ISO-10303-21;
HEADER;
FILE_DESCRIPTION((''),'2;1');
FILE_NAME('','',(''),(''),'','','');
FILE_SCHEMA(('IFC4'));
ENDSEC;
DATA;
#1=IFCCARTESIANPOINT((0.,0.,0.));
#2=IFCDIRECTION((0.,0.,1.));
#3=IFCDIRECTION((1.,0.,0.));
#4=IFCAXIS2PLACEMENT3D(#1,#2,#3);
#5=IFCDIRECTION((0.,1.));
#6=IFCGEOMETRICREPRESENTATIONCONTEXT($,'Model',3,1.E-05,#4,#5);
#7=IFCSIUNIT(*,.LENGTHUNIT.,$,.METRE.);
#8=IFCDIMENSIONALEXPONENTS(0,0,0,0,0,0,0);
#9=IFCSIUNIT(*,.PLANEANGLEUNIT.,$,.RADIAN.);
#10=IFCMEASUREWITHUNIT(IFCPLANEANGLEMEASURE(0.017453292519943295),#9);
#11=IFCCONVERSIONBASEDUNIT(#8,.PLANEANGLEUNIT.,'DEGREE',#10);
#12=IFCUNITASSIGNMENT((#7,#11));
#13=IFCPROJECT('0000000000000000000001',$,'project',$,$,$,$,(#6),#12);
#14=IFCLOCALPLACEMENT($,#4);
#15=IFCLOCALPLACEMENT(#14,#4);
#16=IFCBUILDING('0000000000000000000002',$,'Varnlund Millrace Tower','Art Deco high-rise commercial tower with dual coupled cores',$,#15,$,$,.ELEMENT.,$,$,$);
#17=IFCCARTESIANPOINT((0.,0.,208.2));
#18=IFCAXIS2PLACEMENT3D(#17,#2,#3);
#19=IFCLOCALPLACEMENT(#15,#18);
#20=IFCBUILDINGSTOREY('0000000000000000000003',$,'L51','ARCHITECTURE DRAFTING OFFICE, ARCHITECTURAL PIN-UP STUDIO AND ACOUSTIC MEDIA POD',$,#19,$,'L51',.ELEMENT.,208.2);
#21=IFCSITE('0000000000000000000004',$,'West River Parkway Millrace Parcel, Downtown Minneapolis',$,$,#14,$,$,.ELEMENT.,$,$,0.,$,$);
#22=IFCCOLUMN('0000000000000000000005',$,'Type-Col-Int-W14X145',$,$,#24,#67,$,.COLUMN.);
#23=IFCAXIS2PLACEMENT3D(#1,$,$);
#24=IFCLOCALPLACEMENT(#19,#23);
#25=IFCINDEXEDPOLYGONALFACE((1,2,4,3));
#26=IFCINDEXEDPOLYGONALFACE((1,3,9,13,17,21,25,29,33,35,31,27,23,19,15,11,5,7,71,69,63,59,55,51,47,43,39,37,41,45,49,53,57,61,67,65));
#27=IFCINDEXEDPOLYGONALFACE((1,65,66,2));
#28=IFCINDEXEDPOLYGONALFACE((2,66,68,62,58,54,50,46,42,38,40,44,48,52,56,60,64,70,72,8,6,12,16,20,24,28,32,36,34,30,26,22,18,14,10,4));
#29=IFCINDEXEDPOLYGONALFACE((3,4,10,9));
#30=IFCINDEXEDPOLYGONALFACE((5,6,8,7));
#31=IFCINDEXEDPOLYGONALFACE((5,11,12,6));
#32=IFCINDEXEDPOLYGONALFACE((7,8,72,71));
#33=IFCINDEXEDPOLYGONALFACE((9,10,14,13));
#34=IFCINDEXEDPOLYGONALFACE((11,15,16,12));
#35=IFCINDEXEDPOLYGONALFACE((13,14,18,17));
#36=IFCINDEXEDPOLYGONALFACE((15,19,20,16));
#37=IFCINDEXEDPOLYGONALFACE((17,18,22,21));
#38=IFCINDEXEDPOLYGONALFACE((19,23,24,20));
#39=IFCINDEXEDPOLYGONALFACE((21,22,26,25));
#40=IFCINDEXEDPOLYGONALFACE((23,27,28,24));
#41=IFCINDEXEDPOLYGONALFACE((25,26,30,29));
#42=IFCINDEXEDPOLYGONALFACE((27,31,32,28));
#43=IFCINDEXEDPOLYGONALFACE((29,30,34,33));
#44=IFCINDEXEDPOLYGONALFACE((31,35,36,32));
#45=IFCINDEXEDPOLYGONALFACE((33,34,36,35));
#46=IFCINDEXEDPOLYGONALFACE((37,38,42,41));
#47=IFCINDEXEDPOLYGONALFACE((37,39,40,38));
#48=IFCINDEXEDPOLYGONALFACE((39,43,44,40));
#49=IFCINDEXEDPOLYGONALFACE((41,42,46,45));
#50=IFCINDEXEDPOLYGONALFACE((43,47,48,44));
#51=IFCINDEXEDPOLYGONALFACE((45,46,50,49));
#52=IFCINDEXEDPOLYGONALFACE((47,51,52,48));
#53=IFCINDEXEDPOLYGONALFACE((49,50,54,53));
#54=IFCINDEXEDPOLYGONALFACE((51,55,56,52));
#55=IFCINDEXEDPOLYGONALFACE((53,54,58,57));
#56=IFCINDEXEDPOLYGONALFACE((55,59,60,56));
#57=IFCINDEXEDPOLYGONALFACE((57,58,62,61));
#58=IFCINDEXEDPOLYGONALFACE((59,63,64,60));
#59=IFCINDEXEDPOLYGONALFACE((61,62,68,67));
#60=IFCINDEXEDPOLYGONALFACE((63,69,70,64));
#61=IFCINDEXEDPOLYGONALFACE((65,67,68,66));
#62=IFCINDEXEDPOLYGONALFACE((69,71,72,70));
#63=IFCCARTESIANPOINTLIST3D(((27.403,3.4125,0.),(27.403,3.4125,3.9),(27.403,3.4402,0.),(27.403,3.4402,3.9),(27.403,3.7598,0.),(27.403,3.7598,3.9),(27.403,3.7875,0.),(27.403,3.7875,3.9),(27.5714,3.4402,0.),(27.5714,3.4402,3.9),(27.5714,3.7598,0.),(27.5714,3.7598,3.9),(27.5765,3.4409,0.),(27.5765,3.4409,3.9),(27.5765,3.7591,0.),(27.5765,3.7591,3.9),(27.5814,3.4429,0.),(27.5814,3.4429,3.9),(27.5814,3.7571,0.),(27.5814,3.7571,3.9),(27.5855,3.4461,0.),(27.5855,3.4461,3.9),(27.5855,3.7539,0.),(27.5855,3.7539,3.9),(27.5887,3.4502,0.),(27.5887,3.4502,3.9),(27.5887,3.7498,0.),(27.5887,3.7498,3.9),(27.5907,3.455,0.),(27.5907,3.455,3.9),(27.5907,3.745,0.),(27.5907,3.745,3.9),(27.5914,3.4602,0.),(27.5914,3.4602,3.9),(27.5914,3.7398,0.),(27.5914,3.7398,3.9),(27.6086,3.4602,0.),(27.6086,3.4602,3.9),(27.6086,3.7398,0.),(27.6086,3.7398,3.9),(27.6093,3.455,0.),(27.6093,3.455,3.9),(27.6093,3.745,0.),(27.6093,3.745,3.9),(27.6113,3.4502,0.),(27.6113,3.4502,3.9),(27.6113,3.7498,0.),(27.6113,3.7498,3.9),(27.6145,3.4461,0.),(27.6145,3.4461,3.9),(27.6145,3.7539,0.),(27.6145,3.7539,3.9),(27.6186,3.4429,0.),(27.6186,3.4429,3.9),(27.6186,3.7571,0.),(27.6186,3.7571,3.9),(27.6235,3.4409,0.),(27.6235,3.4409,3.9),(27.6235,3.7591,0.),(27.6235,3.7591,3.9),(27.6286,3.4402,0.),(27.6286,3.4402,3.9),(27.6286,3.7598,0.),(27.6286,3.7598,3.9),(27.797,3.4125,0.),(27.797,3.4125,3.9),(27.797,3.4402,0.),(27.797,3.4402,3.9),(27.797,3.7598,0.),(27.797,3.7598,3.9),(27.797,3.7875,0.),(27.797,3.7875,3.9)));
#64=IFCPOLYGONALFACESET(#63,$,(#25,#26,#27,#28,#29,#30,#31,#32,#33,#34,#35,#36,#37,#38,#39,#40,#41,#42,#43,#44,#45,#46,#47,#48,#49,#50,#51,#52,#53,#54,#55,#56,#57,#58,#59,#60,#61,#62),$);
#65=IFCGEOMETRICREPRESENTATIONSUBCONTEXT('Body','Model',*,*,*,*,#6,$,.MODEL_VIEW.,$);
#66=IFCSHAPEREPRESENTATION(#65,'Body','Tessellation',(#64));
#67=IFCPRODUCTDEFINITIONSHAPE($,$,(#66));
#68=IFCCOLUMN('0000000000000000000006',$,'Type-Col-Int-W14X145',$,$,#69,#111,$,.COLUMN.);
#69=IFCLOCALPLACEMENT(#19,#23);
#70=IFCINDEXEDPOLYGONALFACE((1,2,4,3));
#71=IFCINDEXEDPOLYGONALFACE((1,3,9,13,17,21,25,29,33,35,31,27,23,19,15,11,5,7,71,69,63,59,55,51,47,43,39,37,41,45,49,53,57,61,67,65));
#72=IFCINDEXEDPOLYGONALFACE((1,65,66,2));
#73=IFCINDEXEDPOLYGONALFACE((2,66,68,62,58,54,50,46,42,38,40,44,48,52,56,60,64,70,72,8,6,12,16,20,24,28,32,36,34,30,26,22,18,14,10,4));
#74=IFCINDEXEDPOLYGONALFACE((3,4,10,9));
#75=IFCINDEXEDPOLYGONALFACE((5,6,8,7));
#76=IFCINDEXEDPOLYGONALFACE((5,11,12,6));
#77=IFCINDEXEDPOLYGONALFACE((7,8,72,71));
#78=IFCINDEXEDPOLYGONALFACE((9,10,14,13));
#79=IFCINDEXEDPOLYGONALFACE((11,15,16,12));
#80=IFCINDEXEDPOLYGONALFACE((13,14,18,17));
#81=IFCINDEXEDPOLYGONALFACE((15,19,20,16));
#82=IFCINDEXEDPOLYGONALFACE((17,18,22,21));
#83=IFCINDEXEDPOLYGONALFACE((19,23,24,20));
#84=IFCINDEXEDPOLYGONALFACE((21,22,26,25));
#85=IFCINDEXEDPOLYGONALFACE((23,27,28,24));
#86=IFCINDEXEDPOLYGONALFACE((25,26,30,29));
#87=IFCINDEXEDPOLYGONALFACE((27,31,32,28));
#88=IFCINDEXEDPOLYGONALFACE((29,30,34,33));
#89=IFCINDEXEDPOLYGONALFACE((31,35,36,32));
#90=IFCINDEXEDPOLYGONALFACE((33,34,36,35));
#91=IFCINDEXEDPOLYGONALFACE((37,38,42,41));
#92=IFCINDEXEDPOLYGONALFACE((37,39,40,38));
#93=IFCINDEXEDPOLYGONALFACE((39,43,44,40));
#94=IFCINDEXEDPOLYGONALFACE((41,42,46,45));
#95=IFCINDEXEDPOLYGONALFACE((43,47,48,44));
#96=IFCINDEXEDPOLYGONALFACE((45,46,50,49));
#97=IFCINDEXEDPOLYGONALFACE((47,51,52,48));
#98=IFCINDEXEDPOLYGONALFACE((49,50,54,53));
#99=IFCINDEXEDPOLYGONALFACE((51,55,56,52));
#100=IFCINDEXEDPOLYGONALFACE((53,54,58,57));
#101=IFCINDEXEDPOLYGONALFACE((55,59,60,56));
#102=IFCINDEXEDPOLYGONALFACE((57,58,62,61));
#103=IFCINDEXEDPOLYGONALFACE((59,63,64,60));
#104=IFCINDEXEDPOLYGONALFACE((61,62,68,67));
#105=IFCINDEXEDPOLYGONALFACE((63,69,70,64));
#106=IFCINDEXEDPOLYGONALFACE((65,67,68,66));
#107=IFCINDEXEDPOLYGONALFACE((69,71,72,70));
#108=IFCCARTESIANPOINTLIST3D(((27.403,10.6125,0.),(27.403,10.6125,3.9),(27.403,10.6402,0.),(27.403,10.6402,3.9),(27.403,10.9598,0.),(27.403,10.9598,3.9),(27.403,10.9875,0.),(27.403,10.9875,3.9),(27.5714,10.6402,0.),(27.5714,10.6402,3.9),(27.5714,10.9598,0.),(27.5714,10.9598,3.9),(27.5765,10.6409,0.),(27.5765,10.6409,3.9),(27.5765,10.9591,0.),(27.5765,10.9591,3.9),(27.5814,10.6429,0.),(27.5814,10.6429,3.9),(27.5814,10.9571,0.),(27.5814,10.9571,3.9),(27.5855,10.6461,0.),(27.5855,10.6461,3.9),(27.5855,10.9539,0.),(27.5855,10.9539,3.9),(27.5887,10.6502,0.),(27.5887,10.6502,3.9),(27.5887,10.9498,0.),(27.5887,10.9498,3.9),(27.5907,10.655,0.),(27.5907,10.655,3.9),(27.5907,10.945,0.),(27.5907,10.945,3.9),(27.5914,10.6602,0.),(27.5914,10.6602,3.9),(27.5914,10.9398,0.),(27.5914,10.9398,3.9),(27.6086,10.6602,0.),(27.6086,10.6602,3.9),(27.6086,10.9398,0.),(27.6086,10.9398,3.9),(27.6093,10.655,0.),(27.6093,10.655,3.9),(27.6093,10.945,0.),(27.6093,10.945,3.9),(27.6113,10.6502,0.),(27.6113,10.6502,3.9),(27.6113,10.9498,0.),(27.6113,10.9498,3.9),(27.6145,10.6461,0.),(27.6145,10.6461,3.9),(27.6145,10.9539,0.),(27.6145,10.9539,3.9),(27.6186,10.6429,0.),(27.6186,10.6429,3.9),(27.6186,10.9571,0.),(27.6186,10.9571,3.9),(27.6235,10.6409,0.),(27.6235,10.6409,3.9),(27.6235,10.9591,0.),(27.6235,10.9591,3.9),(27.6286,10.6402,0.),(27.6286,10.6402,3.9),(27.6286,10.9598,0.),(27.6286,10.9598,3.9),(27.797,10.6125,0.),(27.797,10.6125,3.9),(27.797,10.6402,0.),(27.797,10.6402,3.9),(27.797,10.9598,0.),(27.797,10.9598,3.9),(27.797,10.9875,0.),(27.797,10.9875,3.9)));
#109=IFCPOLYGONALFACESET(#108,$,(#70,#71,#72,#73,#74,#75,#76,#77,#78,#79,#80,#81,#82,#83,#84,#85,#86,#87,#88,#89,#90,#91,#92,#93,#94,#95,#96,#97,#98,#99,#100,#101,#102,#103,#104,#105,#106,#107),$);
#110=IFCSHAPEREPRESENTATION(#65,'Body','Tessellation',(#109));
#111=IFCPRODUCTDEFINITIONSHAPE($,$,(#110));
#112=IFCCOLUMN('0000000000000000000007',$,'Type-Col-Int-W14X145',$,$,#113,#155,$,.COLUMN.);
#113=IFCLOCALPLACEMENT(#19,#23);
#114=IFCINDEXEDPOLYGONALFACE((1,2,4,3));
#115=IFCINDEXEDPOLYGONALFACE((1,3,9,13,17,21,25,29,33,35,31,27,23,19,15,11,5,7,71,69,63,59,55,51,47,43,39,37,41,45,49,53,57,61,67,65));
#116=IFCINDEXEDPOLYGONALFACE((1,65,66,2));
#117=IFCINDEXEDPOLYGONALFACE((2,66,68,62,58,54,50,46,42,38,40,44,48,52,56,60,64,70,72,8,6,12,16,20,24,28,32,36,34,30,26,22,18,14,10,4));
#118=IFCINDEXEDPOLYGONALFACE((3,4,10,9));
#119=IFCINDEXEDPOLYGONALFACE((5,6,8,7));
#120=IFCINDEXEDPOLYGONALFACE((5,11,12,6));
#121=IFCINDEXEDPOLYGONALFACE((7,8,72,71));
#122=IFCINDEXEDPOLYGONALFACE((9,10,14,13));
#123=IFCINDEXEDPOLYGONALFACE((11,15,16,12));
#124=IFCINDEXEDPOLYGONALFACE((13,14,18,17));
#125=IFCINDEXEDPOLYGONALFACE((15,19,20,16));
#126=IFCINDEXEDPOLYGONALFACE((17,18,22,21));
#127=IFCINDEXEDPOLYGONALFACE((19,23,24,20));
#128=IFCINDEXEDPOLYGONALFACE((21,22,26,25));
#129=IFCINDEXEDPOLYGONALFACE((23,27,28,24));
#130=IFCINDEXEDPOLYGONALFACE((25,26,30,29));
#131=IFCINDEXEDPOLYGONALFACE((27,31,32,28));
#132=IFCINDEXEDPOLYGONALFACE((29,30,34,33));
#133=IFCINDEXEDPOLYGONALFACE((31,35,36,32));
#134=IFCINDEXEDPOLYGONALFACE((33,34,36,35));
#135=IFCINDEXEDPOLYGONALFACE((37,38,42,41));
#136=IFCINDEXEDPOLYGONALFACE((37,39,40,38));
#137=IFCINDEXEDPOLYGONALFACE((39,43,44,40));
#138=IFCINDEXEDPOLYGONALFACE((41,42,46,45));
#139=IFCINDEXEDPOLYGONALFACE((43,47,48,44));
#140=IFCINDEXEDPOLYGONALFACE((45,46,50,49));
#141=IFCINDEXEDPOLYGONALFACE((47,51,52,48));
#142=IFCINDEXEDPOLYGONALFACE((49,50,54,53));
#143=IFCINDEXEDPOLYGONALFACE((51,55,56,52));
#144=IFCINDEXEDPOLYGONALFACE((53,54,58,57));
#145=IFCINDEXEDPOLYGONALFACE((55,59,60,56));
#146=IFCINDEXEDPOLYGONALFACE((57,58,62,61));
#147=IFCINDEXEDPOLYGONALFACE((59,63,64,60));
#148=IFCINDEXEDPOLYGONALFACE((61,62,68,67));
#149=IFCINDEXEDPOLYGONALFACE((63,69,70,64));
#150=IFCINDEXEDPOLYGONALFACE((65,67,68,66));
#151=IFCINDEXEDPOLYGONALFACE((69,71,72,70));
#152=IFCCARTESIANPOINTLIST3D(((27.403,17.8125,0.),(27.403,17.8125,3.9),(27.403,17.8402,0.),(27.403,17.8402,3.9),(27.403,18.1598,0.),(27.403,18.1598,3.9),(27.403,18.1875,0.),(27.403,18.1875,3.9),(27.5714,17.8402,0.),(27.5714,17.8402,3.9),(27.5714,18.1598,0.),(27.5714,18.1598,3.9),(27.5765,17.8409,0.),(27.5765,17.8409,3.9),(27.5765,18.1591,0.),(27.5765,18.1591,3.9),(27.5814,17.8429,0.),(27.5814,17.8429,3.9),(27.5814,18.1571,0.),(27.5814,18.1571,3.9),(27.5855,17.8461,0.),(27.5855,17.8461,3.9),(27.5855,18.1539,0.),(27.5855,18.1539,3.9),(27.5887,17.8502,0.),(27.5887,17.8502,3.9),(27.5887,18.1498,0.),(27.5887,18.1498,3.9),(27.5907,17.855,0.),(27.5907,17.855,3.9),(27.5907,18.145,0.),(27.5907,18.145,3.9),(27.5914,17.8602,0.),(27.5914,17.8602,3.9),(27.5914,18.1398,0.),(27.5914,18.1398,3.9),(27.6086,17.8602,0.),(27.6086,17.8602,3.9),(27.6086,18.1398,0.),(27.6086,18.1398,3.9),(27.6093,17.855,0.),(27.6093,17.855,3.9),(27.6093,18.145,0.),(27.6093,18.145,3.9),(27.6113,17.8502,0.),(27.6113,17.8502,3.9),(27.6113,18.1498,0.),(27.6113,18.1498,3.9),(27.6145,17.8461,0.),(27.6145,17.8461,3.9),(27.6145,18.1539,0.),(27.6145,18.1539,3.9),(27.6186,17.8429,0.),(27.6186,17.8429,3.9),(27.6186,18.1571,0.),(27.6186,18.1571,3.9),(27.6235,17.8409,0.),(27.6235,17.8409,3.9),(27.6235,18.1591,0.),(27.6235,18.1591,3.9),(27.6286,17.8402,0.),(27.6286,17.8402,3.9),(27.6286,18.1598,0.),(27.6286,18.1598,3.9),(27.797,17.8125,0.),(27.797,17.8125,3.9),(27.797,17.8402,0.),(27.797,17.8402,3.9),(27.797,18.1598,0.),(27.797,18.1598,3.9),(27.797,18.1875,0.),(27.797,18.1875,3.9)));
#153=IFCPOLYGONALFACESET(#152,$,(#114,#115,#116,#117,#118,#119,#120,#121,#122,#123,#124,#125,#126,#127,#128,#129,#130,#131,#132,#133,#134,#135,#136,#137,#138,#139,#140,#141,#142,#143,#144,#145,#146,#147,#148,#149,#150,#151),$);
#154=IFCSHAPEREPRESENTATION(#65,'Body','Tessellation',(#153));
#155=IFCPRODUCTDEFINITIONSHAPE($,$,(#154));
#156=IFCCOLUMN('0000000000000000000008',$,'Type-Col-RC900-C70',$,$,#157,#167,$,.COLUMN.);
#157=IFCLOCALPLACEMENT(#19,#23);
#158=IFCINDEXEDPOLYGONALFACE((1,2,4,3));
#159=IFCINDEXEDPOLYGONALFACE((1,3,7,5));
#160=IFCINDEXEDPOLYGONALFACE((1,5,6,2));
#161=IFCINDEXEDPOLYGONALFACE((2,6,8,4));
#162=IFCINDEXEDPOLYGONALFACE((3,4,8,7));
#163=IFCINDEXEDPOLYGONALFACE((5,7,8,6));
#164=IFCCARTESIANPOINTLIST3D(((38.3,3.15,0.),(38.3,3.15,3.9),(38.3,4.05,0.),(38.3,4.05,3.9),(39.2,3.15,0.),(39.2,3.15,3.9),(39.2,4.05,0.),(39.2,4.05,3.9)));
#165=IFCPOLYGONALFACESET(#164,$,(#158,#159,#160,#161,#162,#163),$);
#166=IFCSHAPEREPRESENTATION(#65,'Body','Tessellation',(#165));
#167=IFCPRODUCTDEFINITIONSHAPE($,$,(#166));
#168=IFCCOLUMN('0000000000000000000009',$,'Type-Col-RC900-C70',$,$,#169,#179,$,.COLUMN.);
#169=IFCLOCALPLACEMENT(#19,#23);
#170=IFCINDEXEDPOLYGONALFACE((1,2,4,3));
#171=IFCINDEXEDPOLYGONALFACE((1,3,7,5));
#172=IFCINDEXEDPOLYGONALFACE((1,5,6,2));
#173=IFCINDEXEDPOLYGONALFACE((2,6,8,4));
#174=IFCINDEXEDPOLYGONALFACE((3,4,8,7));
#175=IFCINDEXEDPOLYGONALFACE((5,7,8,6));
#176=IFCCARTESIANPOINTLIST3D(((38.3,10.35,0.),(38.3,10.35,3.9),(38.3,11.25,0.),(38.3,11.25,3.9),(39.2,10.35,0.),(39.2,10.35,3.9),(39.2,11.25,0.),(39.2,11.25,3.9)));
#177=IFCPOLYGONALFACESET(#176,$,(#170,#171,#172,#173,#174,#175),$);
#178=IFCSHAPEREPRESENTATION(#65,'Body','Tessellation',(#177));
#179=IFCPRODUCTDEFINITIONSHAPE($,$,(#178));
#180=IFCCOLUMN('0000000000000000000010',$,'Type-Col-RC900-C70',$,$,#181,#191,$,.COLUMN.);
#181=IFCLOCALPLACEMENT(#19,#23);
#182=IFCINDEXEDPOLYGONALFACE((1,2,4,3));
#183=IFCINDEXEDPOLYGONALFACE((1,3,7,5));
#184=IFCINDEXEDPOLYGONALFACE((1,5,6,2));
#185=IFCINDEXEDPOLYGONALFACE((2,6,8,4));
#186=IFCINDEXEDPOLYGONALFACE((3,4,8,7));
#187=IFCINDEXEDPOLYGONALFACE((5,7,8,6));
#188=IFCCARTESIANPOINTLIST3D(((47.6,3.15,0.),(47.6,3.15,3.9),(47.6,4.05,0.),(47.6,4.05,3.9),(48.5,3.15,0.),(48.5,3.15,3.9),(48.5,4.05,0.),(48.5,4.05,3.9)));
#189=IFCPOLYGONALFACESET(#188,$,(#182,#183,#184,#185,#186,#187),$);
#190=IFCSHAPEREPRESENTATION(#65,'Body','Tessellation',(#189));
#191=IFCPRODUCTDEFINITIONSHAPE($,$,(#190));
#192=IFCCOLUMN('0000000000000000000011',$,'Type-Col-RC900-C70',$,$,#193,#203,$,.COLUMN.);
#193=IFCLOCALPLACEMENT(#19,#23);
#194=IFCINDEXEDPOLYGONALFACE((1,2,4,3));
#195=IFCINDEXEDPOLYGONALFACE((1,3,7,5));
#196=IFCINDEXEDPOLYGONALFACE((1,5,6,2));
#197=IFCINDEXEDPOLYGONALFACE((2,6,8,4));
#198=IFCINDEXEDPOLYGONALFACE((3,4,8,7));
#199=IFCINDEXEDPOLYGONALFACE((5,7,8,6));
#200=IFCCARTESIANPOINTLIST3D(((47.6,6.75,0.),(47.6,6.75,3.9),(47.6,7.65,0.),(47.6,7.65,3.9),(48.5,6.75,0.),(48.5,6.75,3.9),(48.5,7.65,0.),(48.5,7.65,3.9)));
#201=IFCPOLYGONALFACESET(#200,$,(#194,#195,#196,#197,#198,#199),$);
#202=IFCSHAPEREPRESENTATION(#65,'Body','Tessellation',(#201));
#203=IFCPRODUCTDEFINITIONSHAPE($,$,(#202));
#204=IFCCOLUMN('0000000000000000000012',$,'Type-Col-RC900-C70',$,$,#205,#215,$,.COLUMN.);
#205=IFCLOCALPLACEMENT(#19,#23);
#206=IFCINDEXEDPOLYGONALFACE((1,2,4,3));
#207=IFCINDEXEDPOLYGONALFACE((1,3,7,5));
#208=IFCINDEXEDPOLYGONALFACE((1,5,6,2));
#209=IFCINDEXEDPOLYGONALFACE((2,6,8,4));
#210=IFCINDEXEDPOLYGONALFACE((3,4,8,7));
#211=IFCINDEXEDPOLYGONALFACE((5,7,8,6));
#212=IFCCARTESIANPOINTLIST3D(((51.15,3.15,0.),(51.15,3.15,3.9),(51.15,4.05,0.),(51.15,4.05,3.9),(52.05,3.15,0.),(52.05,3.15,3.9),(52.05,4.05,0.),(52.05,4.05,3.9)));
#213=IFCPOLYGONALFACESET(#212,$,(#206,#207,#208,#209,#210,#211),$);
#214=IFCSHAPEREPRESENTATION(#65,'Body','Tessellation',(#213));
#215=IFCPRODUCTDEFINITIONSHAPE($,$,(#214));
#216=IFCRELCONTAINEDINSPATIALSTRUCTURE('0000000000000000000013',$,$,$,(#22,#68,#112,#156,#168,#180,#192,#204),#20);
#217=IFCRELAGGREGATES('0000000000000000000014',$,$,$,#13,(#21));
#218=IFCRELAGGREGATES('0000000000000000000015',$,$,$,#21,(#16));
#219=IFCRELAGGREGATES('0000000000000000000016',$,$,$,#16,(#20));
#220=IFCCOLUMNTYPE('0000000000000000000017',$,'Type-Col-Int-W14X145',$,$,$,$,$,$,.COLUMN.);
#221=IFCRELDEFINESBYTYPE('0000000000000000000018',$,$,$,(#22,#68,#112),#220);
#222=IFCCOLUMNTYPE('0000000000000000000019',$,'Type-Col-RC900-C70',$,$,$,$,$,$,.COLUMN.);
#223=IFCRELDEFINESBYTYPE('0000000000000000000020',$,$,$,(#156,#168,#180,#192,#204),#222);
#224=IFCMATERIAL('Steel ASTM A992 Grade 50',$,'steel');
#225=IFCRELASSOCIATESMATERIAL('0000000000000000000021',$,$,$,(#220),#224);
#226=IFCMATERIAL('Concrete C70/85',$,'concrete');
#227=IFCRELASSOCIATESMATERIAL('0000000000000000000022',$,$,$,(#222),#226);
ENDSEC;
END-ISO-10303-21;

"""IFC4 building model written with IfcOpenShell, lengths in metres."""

from ifc_helpers import new_model, entity, si_unit, converted_unit, direction, frame, origin_with_axes, origin_2d_with_axis, place, context, subcontext, project, spatial, rectangle, i_section, extrude, material, material_profile, profile_set, type_object, element, save


model = new_model("IFC4")

# Units and contexts
model_context = context("Model", 3, precision=1e-05, world=origin_with_axes(), true_north=direction((0.0, 1.0)))
body_context = subcontext(model_context, "Body", "Model", "MODEL_VIEW")
ifc_project = project(units=[si_unit("LENGTHUNIT", "METRE"), converted_unit("PLANEANGLEUNIT", "DEGREE", entity("IfcPlaneAngleMeasure", 0.017453292519943295), si_unit("PLANEANGLEUNIT", "RADIAN"), dimensions=[0, 0, 0, 0, 0, 0, 0])], contexts=[model_context])

# Site, building, storey
site_placement = place(None, origin_with_axes())
site = spatial("IfcSite", under=ifc_project, at=site_placement, Name="West River Parkway Millrace Parcel, Downtown Minneapolis", CompositionType="ELEMENT", RefElevation=0.0)
building_placement = place(site_placement, origin_with_axes())
building = spatial("IfcBuilding", under=site, at=building_placement, Name="Varnlund Millrace Tower", Description="Art Deco high-rise commercial tower with dual coupled cores", CompositionType="ELEMENT")
storey_placement = place(building_placement, frame((0.0, 0.0, 208.2), z_axis=(0.0, 0.0, 1.0), x_axis=(1.0, 0.0, 0.0)))
storey = spatial("IfcBuildingStorey", under=building, at=storey_placement, Name="L51", Description="ARCHITECTURE DRAFTING OFFICE, ARCHITECTURAL PIN-UP STUDIO AND ACOUSTIC MEDIA POD", LongName="L51", CompositionType="ELEMENT", Elevation=208.2)

# Columns
ifc_material_1 = material(Name="Steel ASTM A992 Grade 50", Category="steel")
ifc_material_profile_1 = material_profile(ifc_material_1, i_section(OverallWidth=0.394, OverallDepth=0.375, WebThickness=0.0173, FlangeThickness=0.0277, FilletRadius=0.02, at=origin_2d_with_axis()), Name="Steel ASTM A992 Grade 50")
ifc_profile_set_1 = profile_set([ifc_material_profile_1], Name="Steel ASTM A992 Grade 50")
column_type_1 = type_object("IfcColumnType", Name="Type-Col-Int-W14X145", PredefinedType="COLUMN", material=ifc_profile_set_1)
for number, where, z_axis, x_axis, name in (
    (1, (27.6, 3.6, 0.0), (0.0, 0.0, 1.0), (1.0, 0.0, 0.0), "Type-Col-Int-W14X145"),
    (2, (27.6, 10.8, 0.0), (0.0, 0.0, 1.0), (1.0, 0.0, 0.0), "Type-Col-Int-W14X145"),
    (3, (27.6, 18.0, 0.0), (0.0, 0.0, 1.0), (1.0, 0.0, 0.0), "Type-Col-Int-W14X145"),
):
    element("IfcColumn", number, at=place(storey_placement, frame(where, z_axis=z_axis, x_axis=x_axis)), inside=storey, type_object=column_type_1, Name=name, PredefinedType="COLUMN", context=body_context, shape_type="SweptSolid", body=[
        extrude(i_section(OverallWidth=0.394, OverallDepth=0.375, WebThickness=0.0173, FlangeThickness=0.0277, FilletRadius=0.02, at=origin_2d_with_axis()), origin_with_axes(), (0.0, 0.0, 1.0), 3.9),
    ])
ifc_material_2 = material(Name="Concrete C70/85", Category="concrete")
ifc_material_profile_2 = material_profile(ifc_material_2, rectangle(XDim=0.9, YDim=0.9, at=origin_2d_with_axis()), Name="Concrete C70/85")
ifc_profile_set_2 = profile_set([ifc_material_profile_2], Name="Concrete C70/85")
column_type_2 = type_object("IfcColumnType", Name="Type-Col-RC900-C70", PredefinedType="COLUMN", material=ifc_profile_set_2)
for number, where, z_axis, x_axis, name in (
    (4, (38.75, 3.6, 0.0), (0.0, 0.0, 1.0), (1.0, 0.0, 0.0), "Type-Col-RC900-C70"),
    (5, (38.75, 10.8, 0.0), (0.0, 0.0, 1.0), (1.0, 0.0, 0.0), "Type-Col-RC900-C70"),
    (6, (48.05, 3.6, 0.0), (0.0, 0.0, 1.0), (1.0, 0.0, 0.0), "Type-Col-RC900-C70"),
    (7, (48.05, 7.2, 0.0), (0.0, 0.0, 1.0), (1.0, 0.0, 0.0), "Type-Col-RC900-C70"),
    (8, (51.6, 3.6, 0.0), (0.0, 0.0, 1.0), (1.0, 0.0, 0.0), "Type-Col-RC900-C70"),
):
    element("IfcColumn", number, at=place(storey_placement, frame(where, z_axis=z_axis, x_axis=x_axis)), inside=storey, type_object=column_type_2, Name=name, PredefinedType="COLUMN", context=body_context, shape_type="SweptSolid", body=[
        extrude(rectangle(XDim=0.9, YDim=0.9, at=origin_2d_with_axis()), origin_with_axes(), (0.0, 0.0, 1.0), 3.9),
    ])

save(model, "model.ifc")
